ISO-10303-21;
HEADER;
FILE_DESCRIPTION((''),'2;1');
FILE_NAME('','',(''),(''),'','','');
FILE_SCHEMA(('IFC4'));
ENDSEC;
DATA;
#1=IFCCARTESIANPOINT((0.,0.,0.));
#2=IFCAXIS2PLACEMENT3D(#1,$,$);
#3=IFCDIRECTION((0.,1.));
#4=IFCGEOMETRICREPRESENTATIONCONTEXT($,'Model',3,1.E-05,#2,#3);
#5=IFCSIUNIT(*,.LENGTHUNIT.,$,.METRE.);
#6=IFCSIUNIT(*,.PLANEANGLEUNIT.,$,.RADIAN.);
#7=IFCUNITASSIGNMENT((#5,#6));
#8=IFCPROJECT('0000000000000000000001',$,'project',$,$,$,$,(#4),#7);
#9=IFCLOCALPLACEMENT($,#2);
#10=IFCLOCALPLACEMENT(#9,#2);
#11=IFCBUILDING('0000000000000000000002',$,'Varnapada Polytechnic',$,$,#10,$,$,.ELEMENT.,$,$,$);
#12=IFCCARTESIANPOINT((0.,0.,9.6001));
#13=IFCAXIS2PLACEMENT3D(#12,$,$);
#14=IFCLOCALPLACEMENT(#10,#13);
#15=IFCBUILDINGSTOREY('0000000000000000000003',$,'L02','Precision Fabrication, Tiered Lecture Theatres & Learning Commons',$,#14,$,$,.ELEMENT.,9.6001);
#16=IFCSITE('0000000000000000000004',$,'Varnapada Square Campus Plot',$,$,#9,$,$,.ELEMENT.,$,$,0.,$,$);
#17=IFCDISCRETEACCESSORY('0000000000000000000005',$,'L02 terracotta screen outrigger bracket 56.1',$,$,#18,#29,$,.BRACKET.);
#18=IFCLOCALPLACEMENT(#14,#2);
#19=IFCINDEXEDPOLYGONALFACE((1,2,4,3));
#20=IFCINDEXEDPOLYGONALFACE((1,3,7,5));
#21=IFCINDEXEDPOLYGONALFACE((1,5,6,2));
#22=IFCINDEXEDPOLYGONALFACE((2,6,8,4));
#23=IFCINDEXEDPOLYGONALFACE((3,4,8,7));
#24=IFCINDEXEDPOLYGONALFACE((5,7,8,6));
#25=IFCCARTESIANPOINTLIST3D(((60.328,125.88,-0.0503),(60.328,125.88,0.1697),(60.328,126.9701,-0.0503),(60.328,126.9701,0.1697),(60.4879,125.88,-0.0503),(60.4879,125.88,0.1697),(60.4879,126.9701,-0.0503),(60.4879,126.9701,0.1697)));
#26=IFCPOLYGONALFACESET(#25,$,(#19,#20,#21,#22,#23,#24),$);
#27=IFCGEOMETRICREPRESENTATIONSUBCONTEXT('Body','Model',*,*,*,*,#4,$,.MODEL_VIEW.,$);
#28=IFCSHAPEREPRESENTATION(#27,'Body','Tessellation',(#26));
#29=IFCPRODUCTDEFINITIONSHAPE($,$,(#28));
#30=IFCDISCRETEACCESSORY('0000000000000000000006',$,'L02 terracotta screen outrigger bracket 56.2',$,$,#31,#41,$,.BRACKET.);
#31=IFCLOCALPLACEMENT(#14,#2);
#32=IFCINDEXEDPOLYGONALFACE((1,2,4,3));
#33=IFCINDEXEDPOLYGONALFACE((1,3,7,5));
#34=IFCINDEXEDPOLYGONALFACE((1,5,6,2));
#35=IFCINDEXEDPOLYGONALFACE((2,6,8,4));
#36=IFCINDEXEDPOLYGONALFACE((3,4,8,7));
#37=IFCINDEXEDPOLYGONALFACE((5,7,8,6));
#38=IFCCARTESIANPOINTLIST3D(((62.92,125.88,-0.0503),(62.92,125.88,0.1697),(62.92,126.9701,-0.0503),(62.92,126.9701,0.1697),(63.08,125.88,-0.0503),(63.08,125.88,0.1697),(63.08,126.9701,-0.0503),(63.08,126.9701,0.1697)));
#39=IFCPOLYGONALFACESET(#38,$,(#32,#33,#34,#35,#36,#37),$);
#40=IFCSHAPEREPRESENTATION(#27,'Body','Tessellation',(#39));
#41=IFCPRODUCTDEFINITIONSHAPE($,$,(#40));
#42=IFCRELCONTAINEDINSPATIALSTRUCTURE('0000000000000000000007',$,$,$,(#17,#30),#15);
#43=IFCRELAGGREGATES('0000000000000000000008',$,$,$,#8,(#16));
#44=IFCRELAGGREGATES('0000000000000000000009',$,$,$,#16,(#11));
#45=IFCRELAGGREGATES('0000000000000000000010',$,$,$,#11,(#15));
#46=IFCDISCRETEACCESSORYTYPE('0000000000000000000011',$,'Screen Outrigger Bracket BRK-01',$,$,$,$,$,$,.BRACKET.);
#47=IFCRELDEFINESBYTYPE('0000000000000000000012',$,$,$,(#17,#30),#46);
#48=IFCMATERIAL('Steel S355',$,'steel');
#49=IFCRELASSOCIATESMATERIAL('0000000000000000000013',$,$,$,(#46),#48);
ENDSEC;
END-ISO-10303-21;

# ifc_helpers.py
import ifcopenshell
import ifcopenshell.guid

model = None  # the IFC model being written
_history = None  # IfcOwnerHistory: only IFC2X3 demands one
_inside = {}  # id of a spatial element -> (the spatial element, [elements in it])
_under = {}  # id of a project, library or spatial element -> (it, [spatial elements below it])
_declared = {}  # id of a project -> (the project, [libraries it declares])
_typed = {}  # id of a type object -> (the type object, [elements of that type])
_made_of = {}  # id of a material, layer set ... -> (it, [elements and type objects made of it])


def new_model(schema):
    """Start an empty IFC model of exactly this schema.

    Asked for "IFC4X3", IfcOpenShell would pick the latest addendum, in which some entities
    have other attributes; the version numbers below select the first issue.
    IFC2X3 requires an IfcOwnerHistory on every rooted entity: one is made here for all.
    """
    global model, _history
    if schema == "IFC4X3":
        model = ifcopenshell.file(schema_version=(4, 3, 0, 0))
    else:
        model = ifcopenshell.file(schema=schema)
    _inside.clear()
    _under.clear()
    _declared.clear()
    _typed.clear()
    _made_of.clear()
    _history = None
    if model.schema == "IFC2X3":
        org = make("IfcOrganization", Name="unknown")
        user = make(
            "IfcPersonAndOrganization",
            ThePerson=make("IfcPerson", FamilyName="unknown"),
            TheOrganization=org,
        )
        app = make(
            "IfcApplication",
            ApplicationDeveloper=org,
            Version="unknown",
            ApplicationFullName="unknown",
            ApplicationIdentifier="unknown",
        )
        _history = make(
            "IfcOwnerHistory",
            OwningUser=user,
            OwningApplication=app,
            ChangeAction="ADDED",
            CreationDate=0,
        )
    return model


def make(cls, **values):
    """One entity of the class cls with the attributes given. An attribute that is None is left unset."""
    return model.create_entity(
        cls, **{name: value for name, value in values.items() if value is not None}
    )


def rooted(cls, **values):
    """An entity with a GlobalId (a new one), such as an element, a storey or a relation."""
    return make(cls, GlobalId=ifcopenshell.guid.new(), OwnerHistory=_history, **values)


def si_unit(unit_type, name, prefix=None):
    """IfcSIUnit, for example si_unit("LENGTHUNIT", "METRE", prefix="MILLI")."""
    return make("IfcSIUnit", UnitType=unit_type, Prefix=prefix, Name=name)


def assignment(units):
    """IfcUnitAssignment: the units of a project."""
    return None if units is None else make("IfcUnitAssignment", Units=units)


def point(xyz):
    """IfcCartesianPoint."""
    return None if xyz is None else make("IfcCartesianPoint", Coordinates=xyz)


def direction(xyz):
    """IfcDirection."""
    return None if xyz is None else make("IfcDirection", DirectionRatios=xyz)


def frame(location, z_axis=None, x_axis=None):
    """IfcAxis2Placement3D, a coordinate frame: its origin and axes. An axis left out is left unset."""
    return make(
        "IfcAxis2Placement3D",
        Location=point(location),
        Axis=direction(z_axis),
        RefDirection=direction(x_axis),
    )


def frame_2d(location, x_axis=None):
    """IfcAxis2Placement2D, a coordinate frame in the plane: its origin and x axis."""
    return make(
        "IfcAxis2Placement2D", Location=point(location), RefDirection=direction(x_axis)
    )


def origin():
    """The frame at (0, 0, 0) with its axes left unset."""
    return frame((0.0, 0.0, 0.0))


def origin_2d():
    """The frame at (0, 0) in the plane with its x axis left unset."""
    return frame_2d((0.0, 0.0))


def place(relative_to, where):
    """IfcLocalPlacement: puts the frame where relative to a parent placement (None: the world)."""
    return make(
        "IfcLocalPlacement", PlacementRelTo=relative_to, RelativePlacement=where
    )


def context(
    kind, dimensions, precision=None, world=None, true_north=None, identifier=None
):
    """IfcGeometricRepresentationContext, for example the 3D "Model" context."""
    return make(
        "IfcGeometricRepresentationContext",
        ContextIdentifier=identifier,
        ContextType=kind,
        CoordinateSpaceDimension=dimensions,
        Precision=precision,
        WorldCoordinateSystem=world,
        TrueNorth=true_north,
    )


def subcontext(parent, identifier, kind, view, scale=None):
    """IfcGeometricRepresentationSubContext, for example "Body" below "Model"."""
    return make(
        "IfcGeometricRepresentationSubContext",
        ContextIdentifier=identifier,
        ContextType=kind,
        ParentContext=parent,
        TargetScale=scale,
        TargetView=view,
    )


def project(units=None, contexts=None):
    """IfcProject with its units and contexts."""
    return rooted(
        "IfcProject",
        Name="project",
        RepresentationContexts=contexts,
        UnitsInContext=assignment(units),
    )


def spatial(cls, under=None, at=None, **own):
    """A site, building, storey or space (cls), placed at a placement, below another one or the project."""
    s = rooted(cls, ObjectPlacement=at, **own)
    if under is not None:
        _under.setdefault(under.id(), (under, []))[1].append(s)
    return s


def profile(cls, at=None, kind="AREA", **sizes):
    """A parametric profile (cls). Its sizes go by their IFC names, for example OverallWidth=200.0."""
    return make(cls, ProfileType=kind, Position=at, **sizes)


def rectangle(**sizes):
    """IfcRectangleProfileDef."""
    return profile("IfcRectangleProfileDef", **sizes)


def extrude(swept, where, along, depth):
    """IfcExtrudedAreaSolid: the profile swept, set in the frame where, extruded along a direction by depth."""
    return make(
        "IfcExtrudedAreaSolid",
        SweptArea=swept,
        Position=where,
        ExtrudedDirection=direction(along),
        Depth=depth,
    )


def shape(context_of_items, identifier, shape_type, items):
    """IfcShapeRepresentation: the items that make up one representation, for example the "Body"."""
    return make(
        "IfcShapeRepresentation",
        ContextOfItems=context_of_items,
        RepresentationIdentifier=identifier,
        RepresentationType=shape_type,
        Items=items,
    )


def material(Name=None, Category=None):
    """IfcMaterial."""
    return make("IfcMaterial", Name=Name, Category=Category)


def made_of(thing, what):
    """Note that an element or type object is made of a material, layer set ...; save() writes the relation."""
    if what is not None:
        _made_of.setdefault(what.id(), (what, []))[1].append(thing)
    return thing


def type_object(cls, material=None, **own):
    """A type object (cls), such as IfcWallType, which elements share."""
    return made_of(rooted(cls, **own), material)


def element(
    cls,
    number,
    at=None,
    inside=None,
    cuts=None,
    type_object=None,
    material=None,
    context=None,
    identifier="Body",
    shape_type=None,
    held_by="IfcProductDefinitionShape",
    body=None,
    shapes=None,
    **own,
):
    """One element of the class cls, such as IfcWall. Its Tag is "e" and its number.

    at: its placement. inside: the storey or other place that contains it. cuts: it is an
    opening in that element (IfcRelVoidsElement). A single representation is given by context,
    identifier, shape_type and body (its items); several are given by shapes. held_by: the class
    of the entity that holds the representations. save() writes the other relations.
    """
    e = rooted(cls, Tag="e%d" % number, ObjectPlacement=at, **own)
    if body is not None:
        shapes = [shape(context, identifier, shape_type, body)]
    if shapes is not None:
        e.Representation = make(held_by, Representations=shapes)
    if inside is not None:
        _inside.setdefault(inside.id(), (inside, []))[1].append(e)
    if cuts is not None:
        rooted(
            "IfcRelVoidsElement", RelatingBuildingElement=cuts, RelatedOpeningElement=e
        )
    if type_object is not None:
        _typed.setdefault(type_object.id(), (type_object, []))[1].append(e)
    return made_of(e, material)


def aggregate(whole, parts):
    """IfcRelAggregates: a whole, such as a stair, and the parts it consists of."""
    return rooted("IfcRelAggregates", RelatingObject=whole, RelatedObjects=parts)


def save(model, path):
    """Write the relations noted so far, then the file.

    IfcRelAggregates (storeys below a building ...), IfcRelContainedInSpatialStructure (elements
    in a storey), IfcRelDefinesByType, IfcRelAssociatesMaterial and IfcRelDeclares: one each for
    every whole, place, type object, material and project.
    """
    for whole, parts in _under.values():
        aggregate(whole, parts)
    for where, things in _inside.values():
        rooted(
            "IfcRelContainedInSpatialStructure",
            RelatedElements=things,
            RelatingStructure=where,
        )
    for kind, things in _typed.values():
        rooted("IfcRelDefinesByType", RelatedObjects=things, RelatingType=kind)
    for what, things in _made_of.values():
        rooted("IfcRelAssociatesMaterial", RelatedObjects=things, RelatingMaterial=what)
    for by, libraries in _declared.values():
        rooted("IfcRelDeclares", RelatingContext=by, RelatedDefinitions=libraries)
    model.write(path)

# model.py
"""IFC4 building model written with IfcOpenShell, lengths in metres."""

from ifc_helpers import new_model, si_unit, direction, frame, origin, origin_2d, place, context, subcontext, project, spatial, rectangle, extrude, material, type_object, element, save


model = new_model("IFC4")

# Units and contexts
model_context = context("Model", 3, precision=1e-05, world=origin(), true_north=direction((0.0, 1.0)))
body_context = subcontext(model_context, "Body", "Model", "MODEL_VIEW")
ifc_project = project(units=[si_unit("LENGTHUNIT", "METRE"), si_unit("PLANEANGLEUNIT", "RADIAN")], contexts=[model_context])

# Site, building, storey
site_placement = place(None, origin())
site = spatial("IfcSite", under=ifc_project, at=site_placement, Name="Varnapada Square Campus Plot", CompositionType="ELEMENT", RefElevation=0.0)
building_placement = place(site_placement, origin())
building = spatial("IfcBuilding", under=site, at=building_placement, Name="Varnapada Polytechnic", CompositionType="ELEMENT")
storey_placement = place(building_placement, frame((0.0, 0.0, 9.6001)))
storey = spatial("IfcBuildingStorey", under=building, at=storey_placement, Name="L02", Description="Precision Fabrication, Tiered Lecture Theatres & Learning Commons", CompositionType="ELEMENT", Elevation=9.6001)

# Shared definitions
ifc_material_1 = material(Name="Steel S355", Category="steel")

# Discrete accessories
discrete_accessory_type = type_object("IfcDiscreteAccessoryType", Name="Screen Outrigger Bracket BRK-01", PredefinedType="BRACKET", material=ifc_material_1)
for number, where, z_axis, x_axis, name in (
    (1, (60.408, 126.425, -0.0503), (0.0, 0.0, 1.0), (1.0, 0.0, 0.0), "L02 terracotta screen outrigger bracket 56.1"),
    (2, (63.0, 126.425, -0.0503), (0.0, 0.0, 1.0), (1.0, 0.0, 0.0), "L02 terracotta screen outrigger bracket 56.2"),
):
    element("IfcDiscreteAccessory", number, at=place(storey_placement, frame(where, z_axis=z_axis, x_axis=x_axis)), inside=storey, type_object=discrete_accessory_type, Name=name, PredefinedType="BRACKET", context=body_context, shape_type="SweptSolid", body=[
        extrude(rectangle(XDim=0.1599, YDim=1.0901, at=origin_2d()), origin(), (0.0, 0.0, 1.0), 0.22),
    ])

save(model, "model.ifc")
